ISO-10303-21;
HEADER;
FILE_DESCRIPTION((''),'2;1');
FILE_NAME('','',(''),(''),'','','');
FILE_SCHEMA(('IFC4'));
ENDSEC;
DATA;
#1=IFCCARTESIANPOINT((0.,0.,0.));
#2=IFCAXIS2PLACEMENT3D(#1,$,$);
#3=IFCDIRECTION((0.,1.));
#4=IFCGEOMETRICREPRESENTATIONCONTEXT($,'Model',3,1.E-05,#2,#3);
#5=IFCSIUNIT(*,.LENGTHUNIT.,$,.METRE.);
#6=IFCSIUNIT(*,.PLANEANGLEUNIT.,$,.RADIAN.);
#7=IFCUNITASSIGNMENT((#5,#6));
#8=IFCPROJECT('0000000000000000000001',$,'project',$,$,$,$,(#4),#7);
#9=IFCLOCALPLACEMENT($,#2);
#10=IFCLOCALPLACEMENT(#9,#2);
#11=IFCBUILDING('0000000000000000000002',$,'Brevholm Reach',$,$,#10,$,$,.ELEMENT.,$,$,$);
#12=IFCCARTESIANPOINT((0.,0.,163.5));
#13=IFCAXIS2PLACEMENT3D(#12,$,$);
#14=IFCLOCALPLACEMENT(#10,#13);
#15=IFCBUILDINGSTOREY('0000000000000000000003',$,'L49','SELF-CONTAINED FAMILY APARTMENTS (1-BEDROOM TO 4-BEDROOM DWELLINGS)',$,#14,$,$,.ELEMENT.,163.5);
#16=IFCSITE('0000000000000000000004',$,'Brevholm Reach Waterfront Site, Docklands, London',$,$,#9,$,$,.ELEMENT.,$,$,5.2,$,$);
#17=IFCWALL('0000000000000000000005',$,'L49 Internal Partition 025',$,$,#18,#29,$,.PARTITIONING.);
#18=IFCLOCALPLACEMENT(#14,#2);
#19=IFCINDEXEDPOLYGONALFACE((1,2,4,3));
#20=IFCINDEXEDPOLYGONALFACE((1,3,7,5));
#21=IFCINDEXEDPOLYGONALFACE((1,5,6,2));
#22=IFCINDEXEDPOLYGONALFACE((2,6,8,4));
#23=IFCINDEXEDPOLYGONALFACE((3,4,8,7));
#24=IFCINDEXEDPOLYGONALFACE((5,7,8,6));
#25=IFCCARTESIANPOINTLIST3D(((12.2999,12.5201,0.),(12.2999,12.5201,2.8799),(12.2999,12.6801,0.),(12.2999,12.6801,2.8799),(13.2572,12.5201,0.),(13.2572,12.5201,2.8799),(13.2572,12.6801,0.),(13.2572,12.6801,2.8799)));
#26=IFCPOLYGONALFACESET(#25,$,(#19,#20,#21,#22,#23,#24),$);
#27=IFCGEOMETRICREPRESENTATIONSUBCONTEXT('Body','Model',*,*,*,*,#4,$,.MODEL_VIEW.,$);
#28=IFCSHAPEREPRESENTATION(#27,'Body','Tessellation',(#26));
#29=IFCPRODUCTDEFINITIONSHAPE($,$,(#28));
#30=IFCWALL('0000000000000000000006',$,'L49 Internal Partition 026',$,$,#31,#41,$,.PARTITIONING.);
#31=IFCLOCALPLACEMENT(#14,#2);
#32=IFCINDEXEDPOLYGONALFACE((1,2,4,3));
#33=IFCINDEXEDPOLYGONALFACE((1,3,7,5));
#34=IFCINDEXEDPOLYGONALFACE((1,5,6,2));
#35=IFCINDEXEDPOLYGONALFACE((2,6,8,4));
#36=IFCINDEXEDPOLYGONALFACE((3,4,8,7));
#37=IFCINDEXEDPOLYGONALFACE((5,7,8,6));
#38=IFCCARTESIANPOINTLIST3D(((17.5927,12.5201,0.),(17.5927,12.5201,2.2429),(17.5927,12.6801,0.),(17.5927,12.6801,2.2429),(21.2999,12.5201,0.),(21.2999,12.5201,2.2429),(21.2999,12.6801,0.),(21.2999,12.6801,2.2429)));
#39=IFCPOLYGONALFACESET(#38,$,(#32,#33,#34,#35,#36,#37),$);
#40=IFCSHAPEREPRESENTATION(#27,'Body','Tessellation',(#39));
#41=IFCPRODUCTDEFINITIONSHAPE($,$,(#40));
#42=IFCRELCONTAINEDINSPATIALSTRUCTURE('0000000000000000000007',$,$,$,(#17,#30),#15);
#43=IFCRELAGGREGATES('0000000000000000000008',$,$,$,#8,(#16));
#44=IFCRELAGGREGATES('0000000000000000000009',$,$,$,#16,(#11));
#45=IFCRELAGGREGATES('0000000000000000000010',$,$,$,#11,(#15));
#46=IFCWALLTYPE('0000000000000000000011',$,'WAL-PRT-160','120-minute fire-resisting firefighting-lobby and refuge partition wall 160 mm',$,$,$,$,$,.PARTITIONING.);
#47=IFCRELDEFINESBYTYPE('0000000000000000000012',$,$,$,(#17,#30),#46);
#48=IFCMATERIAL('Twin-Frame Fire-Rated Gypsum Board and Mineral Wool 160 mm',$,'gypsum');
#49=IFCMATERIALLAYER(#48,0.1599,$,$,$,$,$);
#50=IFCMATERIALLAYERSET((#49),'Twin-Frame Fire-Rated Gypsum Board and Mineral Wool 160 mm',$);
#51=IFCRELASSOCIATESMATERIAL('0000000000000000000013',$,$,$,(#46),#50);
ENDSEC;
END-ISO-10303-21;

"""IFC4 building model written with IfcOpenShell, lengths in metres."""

from ifc_helpers import new_model, si_unit, direction, frame, frame_2d, origin, place, context, subcontext, project, spatial, rectangle, extrude, material, layer, layer_set, type_object, element, save


model = new_model("IFC4")

# Units and contexts
model_context = context("Model", 3, precision=1e-05, world=origin(), true_north=direction((0.0, 1.0)))
body_context = subcontext(model_context, "Body", "Model", "MODEL_VIEW")
ifc_project = project(units=[si_unit("LENGTHUNIT", "METRE"), si_unit("PLANEANGLEUNIT", "RADIAN")], contexts=[model_context])

# Site, building, storey
site_placement = place(None, origin())
site = spatial("IfcSite", under=ifc_project, at=site_placement, Name="Brevholm Reach Waterfront Site, Docklands, London", CompositionType="ELEMENT", RefElevation=5.2)
building_placement = place(site_placement, origin())
building = spatial("IfcBuilding", under=site, at=building_placement, Name="Brevholm Reach", CompositionType="ELEMENT")
storey_placement = place(building_placement, frame((0.0, 0.0, 163.5)))
storey = spatial("IfcBuildingStorey", under=building, at=storey_placement, Name="L49", Description="SELF-CONTAINED FAMILY APARTMENTS (1-BEDROOM TO 4-BEDROOM DWELLINGS)", CompositionType="ELEMENT", Elevation=163.5)

# Shared definitions
ifc_material_1 = material(Name="Twin-Frame Fire-Rated Gypsum Board and Mineral Wool 160 mm", Category="gypsum")
ifc_layer_1 = layer(ifc_material_1, 0.1599)
ifc_layer_set_1 = layer_set([ifc_layer_1], Name="Twin-Frame Fire-Rated Gypsum Board and Mineral Wool 160 mm")
wall_type_1 = type_object("IfcWallType", Name="WAL-PRT-160", Description="120-minute fire-resisting firefighting-lobby and refuge partition wall 160 mm", PredefinedType="PARTITIONING", material=ifc_layer_set_1)

# Walls
wall_1_placement = place(storey_placement, frame((12.3, 12.6001, 0.0), z_axis=(0.0, 0.0, 1.0), x_axis=(1.0, 0.0, 0.0)))
element("IfcWall", 1, at=wall_1_placement, inside=storey, type_object=wall_type_1, Name="L49 Internal Partition 025", PredefinedType="PARTITIONING", context=body_context, shape_type="SweptSolid", body=[
    extrude(rectangle(XDim=0.9573, YDim=0.1599, at=frame_2d((0.4785, 0.0))), origin(), (0.0, 0.0, 1.0), 2.8799),
])
wall_2_placement = place(storey_placement, frame((17.5928, 12.6001, 0.0), z_axis=(0.0, 0.0, 1.0), x_axis=(1.0, 0.0, 0.0)))
element("IfcWall", 2, at=wall_2_placement, inside=storey, type_object=wall_type_1, Name="L49 Internal Partition 026", PredefinedType="PARTITIONING", context=body_context, shape_type="SweptSolid", body=[
    extrude(rectangle(XDim=3.7073, YDim=0.1599, at=frame_2d((1.8535, 0.0))), origin(), (0.0, 0.0, 1.0), 2.2429),
])

save(model, "model.ifc")
